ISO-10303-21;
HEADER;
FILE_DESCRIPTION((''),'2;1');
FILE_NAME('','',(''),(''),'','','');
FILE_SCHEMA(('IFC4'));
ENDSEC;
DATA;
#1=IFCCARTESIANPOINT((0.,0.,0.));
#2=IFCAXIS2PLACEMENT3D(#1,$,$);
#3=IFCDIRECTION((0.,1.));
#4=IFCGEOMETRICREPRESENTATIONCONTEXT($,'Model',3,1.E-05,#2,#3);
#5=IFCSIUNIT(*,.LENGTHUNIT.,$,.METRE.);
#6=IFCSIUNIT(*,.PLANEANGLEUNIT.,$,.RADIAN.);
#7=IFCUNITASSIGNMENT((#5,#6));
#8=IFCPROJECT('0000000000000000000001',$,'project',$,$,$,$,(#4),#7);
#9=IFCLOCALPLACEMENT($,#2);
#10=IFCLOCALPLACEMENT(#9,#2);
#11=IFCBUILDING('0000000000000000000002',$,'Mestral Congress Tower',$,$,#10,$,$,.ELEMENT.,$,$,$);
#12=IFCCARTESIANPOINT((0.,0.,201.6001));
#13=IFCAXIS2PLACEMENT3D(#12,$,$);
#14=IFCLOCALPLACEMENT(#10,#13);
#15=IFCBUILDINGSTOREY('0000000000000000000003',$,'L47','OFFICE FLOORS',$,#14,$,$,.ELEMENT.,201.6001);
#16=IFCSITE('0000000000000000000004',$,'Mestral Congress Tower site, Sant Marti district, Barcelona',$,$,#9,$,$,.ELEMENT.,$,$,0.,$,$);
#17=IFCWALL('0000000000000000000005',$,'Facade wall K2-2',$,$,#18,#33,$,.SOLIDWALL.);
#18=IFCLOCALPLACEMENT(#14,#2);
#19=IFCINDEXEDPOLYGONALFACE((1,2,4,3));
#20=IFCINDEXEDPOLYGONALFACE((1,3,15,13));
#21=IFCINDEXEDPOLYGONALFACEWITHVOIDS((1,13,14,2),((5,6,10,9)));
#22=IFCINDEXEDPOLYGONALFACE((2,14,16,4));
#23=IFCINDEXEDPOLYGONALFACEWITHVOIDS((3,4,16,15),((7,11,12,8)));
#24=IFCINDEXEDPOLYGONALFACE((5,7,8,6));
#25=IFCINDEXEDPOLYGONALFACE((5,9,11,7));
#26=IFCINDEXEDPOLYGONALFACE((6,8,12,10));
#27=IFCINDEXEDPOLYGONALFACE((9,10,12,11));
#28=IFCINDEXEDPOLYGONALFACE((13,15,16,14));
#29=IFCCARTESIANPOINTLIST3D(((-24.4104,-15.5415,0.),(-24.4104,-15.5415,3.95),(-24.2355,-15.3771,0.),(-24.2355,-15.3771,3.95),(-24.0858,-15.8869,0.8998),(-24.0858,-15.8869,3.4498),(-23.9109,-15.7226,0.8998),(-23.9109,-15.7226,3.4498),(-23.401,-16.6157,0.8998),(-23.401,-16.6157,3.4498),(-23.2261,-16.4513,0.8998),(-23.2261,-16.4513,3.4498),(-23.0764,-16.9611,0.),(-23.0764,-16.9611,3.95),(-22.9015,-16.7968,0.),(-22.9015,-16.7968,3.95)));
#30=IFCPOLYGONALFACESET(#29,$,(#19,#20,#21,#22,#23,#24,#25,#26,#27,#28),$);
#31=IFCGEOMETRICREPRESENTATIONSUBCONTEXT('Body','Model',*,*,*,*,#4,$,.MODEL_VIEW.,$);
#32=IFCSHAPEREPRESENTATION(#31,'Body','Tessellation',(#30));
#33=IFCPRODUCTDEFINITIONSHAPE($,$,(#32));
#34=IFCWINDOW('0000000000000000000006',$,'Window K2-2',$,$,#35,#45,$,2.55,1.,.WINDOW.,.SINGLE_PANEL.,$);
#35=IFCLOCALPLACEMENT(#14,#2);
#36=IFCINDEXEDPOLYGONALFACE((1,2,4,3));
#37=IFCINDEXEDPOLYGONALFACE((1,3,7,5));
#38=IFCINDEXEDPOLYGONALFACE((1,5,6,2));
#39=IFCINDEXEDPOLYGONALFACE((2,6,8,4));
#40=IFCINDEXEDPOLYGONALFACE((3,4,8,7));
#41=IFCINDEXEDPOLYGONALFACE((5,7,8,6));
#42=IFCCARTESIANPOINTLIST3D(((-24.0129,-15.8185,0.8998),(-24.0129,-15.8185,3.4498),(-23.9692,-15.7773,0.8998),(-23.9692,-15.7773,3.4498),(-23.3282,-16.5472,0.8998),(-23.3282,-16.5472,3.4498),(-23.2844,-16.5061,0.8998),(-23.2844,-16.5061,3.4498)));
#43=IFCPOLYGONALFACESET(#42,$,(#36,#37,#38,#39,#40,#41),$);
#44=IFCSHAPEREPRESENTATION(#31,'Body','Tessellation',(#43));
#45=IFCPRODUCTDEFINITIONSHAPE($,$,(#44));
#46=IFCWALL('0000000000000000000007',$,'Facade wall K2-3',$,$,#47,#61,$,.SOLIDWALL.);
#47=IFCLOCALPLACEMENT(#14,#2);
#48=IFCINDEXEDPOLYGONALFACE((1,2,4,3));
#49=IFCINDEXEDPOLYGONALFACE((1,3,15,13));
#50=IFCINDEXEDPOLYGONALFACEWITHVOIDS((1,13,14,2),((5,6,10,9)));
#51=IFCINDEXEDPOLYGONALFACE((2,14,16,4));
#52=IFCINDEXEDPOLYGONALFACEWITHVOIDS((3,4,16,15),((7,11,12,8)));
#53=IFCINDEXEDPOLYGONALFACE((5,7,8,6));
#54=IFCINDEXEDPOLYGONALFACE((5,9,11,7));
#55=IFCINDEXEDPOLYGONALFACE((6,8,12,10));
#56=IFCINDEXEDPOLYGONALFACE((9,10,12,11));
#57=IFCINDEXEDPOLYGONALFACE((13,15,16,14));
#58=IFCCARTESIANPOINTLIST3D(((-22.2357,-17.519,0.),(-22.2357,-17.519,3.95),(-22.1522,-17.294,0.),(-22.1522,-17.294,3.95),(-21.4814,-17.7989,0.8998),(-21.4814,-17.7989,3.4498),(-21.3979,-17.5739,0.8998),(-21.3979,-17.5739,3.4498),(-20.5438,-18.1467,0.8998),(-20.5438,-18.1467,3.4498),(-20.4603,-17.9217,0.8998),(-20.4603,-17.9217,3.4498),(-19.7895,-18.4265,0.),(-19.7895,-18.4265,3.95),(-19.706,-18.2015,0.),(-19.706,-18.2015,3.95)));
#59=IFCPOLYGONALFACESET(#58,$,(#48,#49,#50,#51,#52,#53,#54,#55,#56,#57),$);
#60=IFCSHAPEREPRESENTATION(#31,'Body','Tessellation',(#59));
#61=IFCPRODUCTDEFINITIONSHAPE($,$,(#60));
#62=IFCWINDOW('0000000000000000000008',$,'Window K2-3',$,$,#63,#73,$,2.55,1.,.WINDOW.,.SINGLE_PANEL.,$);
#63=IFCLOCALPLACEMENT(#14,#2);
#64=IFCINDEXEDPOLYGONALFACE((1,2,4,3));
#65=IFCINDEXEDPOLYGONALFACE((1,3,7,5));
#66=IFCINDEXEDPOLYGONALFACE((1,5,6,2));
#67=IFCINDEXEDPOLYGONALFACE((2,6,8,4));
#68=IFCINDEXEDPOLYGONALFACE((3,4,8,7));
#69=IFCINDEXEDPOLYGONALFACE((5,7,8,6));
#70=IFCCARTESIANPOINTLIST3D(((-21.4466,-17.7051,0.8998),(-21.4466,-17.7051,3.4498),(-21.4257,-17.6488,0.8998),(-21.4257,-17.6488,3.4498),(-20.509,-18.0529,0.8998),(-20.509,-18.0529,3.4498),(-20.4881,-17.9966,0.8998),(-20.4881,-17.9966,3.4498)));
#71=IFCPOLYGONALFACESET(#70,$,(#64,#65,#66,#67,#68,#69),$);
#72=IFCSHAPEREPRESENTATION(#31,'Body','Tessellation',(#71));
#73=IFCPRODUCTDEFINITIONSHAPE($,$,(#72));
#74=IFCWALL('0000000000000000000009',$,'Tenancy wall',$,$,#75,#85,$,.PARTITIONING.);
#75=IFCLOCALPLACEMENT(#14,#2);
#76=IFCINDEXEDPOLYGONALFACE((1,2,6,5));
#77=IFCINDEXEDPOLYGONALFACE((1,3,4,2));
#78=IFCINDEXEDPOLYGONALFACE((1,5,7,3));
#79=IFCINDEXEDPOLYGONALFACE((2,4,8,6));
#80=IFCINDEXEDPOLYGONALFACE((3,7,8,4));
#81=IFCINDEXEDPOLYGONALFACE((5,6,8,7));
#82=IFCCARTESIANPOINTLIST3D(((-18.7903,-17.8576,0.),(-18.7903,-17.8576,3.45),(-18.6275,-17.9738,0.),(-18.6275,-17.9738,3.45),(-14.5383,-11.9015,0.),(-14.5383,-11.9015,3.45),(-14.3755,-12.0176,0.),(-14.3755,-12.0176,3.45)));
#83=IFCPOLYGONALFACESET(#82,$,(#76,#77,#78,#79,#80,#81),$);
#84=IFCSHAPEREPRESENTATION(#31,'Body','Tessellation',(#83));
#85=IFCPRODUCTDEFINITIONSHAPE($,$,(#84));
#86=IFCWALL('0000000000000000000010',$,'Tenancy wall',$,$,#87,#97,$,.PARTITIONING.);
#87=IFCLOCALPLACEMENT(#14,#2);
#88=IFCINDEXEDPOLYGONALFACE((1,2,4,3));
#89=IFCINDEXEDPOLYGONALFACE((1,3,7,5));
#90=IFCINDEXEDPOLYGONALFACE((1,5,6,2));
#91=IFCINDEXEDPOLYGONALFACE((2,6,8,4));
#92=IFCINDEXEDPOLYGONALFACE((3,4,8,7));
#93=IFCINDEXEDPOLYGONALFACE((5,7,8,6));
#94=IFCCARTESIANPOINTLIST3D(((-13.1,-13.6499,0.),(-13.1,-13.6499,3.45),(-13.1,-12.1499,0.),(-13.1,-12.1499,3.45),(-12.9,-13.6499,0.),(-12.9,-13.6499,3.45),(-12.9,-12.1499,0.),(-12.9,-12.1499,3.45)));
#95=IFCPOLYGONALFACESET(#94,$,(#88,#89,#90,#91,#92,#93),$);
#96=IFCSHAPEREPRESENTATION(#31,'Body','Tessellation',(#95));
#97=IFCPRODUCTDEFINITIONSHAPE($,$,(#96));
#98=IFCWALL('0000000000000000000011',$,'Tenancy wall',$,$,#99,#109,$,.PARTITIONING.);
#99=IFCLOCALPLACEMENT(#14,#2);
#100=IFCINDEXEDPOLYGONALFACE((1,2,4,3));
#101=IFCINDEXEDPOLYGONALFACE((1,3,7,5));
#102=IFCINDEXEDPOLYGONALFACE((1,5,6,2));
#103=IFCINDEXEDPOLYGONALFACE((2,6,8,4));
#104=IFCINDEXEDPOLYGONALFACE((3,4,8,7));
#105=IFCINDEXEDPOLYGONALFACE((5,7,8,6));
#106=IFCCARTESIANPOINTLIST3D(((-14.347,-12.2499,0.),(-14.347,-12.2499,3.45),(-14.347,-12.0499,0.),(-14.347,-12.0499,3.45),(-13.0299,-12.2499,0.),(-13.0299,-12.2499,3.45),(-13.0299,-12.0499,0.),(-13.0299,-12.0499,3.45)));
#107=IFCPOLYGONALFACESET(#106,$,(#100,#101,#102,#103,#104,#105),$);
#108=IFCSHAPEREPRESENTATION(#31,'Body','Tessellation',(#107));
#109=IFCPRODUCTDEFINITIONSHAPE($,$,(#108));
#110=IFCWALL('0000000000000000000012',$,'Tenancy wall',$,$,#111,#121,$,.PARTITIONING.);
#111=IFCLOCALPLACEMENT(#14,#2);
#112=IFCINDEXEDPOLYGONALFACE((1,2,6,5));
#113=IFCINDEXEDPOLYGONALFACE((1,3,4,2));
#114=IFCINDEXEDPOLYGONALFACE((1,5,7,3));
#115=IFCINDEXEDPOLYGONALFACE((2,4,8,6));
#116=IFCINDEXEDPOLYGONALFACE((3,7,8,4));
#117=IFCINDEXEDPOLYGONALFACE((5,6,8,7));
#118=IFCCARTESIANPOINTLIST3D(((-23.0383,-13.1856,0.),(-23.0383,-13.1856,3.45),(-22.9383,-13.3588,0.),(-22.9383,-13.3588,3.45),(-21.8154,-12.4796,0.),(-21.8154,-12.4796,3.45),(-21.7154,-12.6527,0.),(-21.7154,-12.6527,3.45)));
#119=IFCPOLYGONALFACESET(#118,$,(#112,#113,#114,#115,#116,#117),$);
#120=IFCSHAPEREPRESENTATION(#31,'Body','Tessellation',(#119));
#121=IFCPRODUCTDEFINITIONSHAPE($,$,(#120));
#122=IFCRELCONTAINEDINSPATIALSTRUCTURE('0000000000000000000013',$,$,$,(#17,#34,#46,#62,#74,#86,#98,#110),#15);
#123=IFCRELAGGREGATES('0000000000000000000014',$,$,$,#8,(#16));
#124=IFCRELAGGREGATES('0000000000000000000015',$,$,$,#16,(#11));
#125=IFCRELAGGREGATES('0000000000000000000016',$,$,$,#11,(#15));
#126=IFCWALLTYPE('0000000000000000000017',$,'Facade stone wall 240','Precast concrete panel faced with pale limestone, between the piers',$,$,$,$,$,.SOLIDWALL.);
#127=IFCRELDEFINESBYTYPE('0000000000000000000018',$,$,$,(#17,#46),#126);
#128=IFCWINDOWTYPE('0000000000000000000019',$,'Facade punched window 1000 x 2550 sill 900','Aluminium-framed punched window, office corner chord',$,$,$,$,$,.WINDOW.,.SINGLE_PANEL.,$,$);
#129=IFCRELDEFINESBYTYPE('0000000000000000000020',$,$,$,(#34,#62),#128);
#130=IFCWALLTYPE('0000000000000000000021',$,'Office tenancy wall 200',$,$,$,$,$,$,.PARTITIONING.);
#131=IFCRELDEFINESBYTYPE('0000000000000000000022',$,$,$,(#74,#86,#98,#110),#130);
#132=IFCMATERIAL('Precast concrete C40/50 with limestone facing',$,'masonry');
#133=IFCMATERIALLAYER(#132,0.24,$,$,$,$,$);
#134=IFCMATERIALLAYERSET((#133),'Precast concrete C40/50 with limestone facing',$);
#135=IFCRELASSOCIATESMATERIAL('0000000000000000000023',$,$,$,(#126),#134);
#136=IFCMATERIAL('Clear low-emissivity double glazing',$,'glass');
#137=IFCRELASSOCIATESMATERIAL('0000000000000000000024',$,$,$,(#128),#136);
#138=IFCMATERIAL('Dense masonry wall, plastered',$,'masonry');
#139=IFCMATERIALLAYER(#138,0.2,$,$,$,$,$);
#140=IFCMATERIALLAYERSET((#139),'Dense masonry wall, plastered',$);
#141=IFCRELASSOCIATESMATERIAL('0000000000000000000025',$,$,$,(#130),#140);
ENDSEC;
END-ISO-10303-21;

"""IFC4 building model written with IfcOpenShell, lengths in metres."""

from ifc_helpers import new_model, si_unit, direction, frame, frame_2d, origin, place, context, subcontext, project, spatial, rectangle, extrude, material, layer, layer_set, type_object, element, fill, save


model = new_model("IFC4")

# Units and contexts
model_context = context("Model", 3, precision=1e-05, world=origin(), true_north=direction((0.0, 1.0)))
body_context = subcontext(model_context, "Body", "Model", "MODEL_VIEW")
ifc_project = project(units=[si_unit("LENGTHUNIT", "METRE"), si_unit("PLANEANGLEUNIT", "RADIAN")], contexts=[model_context])

# Site, building, storey
site_placement = place(None, origin())
site = spatial("IfcSite", under=ifc_project, at=site_placement, Name="Mestral Congress Tower site, Sant Marti district, Barcelona", CompositionType="ELEMENT", RefElevation=0.0)
building_placement = place(site_placement, origin())
building = spatial("IfcBuilding", under=site, at=building_placement, Name="Mestral Congress Tower", CompositionType="ELEMENT")
storey_placement = place(building_placement, frame((0.0, 0.0, 201.6001)))
storey = spatial("IfcBuildingStorey", under=building, at=storey_placement, Name="L47", Description="OFFICE FLOORS", CompositionType="ELEMENT", Elevation=201.6001)

# Shared definitions
ifc_material_1 = material(Name="Precast concrete C40/50 with limestone facing", Category="masonry")
ifc_layer_1 = layer(ifc_material_1, 0.24)
ifc_layer_set_1 = layer_set([ifc_layer_1], Name="Precast concrete C40/50 with limestone facing")
wall_type_1 = type_object("IfcWallType", Name="Facade stone wall 240", Description="Precast concrete panel faced with pale limestone, between the piers", PredefinedType="SOLIDWALL", material=ifc_layer_set_1)
ifc_material_2 = material(Name="Clear low-emissivity double glazing", Category="glass")

# Walls, openings, windows
window_type_1 = type_object("IfcWindowType", Name="Facade punched window 1000 x 2550 sill 900", Description="Aluminium-framed punched window, office corner chord", PartitioningType="SINGLE_PANEL", PredefinedType="WINDOW", material=ifc_material_2)
wall_1_placement = place(storey_placement, frame((-24.323, -15.4592, 0.0), z_axis=(0.0, 0.0, 1.0), x_axis=(0.68477, -0.728759, 0.0)))
wall_1 = element("IfcWall", 1, at=wall_1_placement, inside=storey, type_object=wall_type_1, Name="Facade wall K2-2", PredefinedType="SOLIDWALL", context=body_context, shape_type="SweptSolid", body=[
    extrude(rectangle(XDim=1.948, YDim=0.24, at=frame_2d((0.9741, 0.0))), origin(), (0.0, 0.0, 1.0), 3.95),
])
opening_1_placement = place(wall_1_placement, frame((0.4741, 0.0, 0.8999)))
opening_1 = element("IfcOpeningElement", 2, at=opening_1_placement, cuts=wall_1, PredefinedType="OPENING", context=body_context, shape_type="SweptSolid", body=[
    extrude(rectangle(XDim=1.0, YDim=2.55, at=frame_2d((0.5, 1.2749))), frame((0.0, 0.1299, 0.0), z_axis=(0.0, -1.0, 0.0), x_axis=(1.0, 0.0, 0.0)), (0.0, 0.0, 1.0), 0.26),
])
window_1_placement = place(opening_1_placement, origin())
window_1 = element("IfcWindow", 3, at=window_1_placement, inside=storey, type_object=window_type_1, Name="Window K2-2", OverallHeight=2.55, OverallWidth=1.0, PartitioningType="SINGLE_PANEL", PredefinedType="WINDOW", context=body_context, shape_type="SweptSolid", body=[
    extrude(rectangle(XDim=1.0, YDim=2.55, at=frame_2d((0.5, 1.2749))), frame((0.0, 0.04, 0.0), z_axis=(0.0, -1.0, 0.0), x_axis=(1.0, 0.0, 0.0)), (0.0, 0.0, 1.0), 0.0601),
])
fill(opening_1, window_1)
wall_2_placement = place(storey_placement, frame((-22.1941, -17.4065, 0.0), z_axis=(0.0, 0.0, 1.0), x_axis=(0.937569, -0.347799, 0.0)))
wall_2 = element("IfcWall", 4, at=wall_2_placement, inside=storey, type_object=wall_type_1, Name="Facade wall K2-3", PredefinedType="SOLIDWALL", context=body_context, shape_type="SweptSolid", body=[
    extrude(rectangle(XDim=2.6091, YDim=0.24, at=frame_2d((1.3047, 0.0))), origin(), (0.0, 0.0, 1.0), 3.95),
])
opening_2_placement = place(wall_2_placement, frame((0.8047, 0.0, 0.8999)))
opening_2 = element("IfcOpeningElement", 5, at=opening_2_placement, cuts=wall_2, PredefinedType="OPENING", context=body_context, shape_type="SweptSolid", body=[
    extrude(rectangle(XDim=1.0, YDim=2.55, at=frame_2d((0.5, 1.2749))), frame((0.0, 0.1299, 0.0), z_axis=(0.0, -1.0, 0.0), x_axis=(1.0, 0.0, 0.0)), (0.0, 0.0, 1.0), 0.26),
])
window_2_placement = place(opening_2_placement, origin())
window_2 = element("IfcWindow", 6, at=window_2_placement, inside=storey, type_object=window_type_1, Name="Window K2-3", OverallHeight=2.55, OverallWidth=1.0, PartitioningType="SINGLE_PANEL", PredefinedType="WINDOW", context=body_context, shape_type="SweptSolid", body=[
    extrude(rectangle(XDim=1.0, YDim=2.55, at=frame_2d((0.5, 1.2749))), frame((0.0, 0.04, 0.0), z_axis=(0.0, -1.0, 0.0), x_axis=(1.0, 0.0, 0.0)), (0.0, 0.0, 1.0), 0.0601),
])
fill(opening_2, window_2)

# Walls
ifc_material_3 = material(Name="Dense masonry wall, plastered", Category="masonry")
ifc_layer_2 = layer(ifc_material_3, 0.2)
ifc_layer_set_2 = layer_set([ifc_layer_2], Name="Dense masonry wall, plastered")
wall_type_2 = type_object("IfcWallType", Name="Office tenancy wall 200", PredefinedType="PARTITIONING", material=ifc_layer_set_2)
wall_3_placement = place(storey_placement, frame((-18.709, -17.9158, 0.0), z_axis=(0.0, 0.0, 1.0), x_axis=(0.581024, 0.813887, 0.0)))
element("IfcWall", 7, at=wall_3_placement, inside=storey, type_object=wall_type_2, Name="Tenancy wall", PredefinedType="PARTITIONING", context=body_context, shape_type="SweptSolid", body=[
    extrude(rectangle(XDim=7.3181, YDim=0.2, at=frame_2d((3.6592, 0.0))), origin(), (0.0, 0.0, 1.0), 3.45),
])
wall_4_placement = place(storey_placement, frame((-13.0, -12.1499, 0.0), z_axis=(0.0, 0.0, 1.0), x_axis=(0.0, -1.0, 0.0)))
element("IfcWall", 8, at=wall_4_placement, inside=storey, type_object=wall_type_2, Name="Tenancy wall", PredefinedType="PARTITIONING", context=body_context, shape_type="SweptSolid", body=[
    extrude(rectangle(XDim=1.5, YDim=0.2, at=frame_2d((0.75, 0.0))), origin(), (0.0, 0.0, 1.0), 3.45),
])
wall_5_placement = place(storey_placement, frame((-14.3472, -12.1499, 0.0), z_axis=(0.0, 0.0, 1.0), x_axis=(1.0, 0.0, 0.0)))
element("IfcWall", 9, at=wall_5_placement, inside=storey, type_object=wall_type_2, Name="Tenancy wall", PredefinedType="PARTITIONING", context=body_context, shape_type="SweptSolid", body=[
    extrude(rectangle(XDim=1.3171, YDim=0.2, at=frame_2d((0.6587, 0.0))), origin(), (0.0, 0.0, 1.0), 3.45),
])
wall_6_placement = place(storey_placement, frame((-21.7654, -12.5662, 0.0), z_axis=(0.0, 0.0, 1.0), x_axis=(-0.866021, -0.500007, 0.0)))
element("IfcWall", 10, at=wall_6_placement, inside=storey, type_object=wall_type_2, Name="Tenancy wall", PredefinedType="PARTITIONING", context=body_context, shape_type="SweptSolid", body=[
    extrude(rectangle(XDim=1.4121, YDim=0.2, at=frame_2d((0.7061, 0.0))), origin(), (0.0, 0.0, 1.0), 3.45),
])

save(model, "model.ifc")
